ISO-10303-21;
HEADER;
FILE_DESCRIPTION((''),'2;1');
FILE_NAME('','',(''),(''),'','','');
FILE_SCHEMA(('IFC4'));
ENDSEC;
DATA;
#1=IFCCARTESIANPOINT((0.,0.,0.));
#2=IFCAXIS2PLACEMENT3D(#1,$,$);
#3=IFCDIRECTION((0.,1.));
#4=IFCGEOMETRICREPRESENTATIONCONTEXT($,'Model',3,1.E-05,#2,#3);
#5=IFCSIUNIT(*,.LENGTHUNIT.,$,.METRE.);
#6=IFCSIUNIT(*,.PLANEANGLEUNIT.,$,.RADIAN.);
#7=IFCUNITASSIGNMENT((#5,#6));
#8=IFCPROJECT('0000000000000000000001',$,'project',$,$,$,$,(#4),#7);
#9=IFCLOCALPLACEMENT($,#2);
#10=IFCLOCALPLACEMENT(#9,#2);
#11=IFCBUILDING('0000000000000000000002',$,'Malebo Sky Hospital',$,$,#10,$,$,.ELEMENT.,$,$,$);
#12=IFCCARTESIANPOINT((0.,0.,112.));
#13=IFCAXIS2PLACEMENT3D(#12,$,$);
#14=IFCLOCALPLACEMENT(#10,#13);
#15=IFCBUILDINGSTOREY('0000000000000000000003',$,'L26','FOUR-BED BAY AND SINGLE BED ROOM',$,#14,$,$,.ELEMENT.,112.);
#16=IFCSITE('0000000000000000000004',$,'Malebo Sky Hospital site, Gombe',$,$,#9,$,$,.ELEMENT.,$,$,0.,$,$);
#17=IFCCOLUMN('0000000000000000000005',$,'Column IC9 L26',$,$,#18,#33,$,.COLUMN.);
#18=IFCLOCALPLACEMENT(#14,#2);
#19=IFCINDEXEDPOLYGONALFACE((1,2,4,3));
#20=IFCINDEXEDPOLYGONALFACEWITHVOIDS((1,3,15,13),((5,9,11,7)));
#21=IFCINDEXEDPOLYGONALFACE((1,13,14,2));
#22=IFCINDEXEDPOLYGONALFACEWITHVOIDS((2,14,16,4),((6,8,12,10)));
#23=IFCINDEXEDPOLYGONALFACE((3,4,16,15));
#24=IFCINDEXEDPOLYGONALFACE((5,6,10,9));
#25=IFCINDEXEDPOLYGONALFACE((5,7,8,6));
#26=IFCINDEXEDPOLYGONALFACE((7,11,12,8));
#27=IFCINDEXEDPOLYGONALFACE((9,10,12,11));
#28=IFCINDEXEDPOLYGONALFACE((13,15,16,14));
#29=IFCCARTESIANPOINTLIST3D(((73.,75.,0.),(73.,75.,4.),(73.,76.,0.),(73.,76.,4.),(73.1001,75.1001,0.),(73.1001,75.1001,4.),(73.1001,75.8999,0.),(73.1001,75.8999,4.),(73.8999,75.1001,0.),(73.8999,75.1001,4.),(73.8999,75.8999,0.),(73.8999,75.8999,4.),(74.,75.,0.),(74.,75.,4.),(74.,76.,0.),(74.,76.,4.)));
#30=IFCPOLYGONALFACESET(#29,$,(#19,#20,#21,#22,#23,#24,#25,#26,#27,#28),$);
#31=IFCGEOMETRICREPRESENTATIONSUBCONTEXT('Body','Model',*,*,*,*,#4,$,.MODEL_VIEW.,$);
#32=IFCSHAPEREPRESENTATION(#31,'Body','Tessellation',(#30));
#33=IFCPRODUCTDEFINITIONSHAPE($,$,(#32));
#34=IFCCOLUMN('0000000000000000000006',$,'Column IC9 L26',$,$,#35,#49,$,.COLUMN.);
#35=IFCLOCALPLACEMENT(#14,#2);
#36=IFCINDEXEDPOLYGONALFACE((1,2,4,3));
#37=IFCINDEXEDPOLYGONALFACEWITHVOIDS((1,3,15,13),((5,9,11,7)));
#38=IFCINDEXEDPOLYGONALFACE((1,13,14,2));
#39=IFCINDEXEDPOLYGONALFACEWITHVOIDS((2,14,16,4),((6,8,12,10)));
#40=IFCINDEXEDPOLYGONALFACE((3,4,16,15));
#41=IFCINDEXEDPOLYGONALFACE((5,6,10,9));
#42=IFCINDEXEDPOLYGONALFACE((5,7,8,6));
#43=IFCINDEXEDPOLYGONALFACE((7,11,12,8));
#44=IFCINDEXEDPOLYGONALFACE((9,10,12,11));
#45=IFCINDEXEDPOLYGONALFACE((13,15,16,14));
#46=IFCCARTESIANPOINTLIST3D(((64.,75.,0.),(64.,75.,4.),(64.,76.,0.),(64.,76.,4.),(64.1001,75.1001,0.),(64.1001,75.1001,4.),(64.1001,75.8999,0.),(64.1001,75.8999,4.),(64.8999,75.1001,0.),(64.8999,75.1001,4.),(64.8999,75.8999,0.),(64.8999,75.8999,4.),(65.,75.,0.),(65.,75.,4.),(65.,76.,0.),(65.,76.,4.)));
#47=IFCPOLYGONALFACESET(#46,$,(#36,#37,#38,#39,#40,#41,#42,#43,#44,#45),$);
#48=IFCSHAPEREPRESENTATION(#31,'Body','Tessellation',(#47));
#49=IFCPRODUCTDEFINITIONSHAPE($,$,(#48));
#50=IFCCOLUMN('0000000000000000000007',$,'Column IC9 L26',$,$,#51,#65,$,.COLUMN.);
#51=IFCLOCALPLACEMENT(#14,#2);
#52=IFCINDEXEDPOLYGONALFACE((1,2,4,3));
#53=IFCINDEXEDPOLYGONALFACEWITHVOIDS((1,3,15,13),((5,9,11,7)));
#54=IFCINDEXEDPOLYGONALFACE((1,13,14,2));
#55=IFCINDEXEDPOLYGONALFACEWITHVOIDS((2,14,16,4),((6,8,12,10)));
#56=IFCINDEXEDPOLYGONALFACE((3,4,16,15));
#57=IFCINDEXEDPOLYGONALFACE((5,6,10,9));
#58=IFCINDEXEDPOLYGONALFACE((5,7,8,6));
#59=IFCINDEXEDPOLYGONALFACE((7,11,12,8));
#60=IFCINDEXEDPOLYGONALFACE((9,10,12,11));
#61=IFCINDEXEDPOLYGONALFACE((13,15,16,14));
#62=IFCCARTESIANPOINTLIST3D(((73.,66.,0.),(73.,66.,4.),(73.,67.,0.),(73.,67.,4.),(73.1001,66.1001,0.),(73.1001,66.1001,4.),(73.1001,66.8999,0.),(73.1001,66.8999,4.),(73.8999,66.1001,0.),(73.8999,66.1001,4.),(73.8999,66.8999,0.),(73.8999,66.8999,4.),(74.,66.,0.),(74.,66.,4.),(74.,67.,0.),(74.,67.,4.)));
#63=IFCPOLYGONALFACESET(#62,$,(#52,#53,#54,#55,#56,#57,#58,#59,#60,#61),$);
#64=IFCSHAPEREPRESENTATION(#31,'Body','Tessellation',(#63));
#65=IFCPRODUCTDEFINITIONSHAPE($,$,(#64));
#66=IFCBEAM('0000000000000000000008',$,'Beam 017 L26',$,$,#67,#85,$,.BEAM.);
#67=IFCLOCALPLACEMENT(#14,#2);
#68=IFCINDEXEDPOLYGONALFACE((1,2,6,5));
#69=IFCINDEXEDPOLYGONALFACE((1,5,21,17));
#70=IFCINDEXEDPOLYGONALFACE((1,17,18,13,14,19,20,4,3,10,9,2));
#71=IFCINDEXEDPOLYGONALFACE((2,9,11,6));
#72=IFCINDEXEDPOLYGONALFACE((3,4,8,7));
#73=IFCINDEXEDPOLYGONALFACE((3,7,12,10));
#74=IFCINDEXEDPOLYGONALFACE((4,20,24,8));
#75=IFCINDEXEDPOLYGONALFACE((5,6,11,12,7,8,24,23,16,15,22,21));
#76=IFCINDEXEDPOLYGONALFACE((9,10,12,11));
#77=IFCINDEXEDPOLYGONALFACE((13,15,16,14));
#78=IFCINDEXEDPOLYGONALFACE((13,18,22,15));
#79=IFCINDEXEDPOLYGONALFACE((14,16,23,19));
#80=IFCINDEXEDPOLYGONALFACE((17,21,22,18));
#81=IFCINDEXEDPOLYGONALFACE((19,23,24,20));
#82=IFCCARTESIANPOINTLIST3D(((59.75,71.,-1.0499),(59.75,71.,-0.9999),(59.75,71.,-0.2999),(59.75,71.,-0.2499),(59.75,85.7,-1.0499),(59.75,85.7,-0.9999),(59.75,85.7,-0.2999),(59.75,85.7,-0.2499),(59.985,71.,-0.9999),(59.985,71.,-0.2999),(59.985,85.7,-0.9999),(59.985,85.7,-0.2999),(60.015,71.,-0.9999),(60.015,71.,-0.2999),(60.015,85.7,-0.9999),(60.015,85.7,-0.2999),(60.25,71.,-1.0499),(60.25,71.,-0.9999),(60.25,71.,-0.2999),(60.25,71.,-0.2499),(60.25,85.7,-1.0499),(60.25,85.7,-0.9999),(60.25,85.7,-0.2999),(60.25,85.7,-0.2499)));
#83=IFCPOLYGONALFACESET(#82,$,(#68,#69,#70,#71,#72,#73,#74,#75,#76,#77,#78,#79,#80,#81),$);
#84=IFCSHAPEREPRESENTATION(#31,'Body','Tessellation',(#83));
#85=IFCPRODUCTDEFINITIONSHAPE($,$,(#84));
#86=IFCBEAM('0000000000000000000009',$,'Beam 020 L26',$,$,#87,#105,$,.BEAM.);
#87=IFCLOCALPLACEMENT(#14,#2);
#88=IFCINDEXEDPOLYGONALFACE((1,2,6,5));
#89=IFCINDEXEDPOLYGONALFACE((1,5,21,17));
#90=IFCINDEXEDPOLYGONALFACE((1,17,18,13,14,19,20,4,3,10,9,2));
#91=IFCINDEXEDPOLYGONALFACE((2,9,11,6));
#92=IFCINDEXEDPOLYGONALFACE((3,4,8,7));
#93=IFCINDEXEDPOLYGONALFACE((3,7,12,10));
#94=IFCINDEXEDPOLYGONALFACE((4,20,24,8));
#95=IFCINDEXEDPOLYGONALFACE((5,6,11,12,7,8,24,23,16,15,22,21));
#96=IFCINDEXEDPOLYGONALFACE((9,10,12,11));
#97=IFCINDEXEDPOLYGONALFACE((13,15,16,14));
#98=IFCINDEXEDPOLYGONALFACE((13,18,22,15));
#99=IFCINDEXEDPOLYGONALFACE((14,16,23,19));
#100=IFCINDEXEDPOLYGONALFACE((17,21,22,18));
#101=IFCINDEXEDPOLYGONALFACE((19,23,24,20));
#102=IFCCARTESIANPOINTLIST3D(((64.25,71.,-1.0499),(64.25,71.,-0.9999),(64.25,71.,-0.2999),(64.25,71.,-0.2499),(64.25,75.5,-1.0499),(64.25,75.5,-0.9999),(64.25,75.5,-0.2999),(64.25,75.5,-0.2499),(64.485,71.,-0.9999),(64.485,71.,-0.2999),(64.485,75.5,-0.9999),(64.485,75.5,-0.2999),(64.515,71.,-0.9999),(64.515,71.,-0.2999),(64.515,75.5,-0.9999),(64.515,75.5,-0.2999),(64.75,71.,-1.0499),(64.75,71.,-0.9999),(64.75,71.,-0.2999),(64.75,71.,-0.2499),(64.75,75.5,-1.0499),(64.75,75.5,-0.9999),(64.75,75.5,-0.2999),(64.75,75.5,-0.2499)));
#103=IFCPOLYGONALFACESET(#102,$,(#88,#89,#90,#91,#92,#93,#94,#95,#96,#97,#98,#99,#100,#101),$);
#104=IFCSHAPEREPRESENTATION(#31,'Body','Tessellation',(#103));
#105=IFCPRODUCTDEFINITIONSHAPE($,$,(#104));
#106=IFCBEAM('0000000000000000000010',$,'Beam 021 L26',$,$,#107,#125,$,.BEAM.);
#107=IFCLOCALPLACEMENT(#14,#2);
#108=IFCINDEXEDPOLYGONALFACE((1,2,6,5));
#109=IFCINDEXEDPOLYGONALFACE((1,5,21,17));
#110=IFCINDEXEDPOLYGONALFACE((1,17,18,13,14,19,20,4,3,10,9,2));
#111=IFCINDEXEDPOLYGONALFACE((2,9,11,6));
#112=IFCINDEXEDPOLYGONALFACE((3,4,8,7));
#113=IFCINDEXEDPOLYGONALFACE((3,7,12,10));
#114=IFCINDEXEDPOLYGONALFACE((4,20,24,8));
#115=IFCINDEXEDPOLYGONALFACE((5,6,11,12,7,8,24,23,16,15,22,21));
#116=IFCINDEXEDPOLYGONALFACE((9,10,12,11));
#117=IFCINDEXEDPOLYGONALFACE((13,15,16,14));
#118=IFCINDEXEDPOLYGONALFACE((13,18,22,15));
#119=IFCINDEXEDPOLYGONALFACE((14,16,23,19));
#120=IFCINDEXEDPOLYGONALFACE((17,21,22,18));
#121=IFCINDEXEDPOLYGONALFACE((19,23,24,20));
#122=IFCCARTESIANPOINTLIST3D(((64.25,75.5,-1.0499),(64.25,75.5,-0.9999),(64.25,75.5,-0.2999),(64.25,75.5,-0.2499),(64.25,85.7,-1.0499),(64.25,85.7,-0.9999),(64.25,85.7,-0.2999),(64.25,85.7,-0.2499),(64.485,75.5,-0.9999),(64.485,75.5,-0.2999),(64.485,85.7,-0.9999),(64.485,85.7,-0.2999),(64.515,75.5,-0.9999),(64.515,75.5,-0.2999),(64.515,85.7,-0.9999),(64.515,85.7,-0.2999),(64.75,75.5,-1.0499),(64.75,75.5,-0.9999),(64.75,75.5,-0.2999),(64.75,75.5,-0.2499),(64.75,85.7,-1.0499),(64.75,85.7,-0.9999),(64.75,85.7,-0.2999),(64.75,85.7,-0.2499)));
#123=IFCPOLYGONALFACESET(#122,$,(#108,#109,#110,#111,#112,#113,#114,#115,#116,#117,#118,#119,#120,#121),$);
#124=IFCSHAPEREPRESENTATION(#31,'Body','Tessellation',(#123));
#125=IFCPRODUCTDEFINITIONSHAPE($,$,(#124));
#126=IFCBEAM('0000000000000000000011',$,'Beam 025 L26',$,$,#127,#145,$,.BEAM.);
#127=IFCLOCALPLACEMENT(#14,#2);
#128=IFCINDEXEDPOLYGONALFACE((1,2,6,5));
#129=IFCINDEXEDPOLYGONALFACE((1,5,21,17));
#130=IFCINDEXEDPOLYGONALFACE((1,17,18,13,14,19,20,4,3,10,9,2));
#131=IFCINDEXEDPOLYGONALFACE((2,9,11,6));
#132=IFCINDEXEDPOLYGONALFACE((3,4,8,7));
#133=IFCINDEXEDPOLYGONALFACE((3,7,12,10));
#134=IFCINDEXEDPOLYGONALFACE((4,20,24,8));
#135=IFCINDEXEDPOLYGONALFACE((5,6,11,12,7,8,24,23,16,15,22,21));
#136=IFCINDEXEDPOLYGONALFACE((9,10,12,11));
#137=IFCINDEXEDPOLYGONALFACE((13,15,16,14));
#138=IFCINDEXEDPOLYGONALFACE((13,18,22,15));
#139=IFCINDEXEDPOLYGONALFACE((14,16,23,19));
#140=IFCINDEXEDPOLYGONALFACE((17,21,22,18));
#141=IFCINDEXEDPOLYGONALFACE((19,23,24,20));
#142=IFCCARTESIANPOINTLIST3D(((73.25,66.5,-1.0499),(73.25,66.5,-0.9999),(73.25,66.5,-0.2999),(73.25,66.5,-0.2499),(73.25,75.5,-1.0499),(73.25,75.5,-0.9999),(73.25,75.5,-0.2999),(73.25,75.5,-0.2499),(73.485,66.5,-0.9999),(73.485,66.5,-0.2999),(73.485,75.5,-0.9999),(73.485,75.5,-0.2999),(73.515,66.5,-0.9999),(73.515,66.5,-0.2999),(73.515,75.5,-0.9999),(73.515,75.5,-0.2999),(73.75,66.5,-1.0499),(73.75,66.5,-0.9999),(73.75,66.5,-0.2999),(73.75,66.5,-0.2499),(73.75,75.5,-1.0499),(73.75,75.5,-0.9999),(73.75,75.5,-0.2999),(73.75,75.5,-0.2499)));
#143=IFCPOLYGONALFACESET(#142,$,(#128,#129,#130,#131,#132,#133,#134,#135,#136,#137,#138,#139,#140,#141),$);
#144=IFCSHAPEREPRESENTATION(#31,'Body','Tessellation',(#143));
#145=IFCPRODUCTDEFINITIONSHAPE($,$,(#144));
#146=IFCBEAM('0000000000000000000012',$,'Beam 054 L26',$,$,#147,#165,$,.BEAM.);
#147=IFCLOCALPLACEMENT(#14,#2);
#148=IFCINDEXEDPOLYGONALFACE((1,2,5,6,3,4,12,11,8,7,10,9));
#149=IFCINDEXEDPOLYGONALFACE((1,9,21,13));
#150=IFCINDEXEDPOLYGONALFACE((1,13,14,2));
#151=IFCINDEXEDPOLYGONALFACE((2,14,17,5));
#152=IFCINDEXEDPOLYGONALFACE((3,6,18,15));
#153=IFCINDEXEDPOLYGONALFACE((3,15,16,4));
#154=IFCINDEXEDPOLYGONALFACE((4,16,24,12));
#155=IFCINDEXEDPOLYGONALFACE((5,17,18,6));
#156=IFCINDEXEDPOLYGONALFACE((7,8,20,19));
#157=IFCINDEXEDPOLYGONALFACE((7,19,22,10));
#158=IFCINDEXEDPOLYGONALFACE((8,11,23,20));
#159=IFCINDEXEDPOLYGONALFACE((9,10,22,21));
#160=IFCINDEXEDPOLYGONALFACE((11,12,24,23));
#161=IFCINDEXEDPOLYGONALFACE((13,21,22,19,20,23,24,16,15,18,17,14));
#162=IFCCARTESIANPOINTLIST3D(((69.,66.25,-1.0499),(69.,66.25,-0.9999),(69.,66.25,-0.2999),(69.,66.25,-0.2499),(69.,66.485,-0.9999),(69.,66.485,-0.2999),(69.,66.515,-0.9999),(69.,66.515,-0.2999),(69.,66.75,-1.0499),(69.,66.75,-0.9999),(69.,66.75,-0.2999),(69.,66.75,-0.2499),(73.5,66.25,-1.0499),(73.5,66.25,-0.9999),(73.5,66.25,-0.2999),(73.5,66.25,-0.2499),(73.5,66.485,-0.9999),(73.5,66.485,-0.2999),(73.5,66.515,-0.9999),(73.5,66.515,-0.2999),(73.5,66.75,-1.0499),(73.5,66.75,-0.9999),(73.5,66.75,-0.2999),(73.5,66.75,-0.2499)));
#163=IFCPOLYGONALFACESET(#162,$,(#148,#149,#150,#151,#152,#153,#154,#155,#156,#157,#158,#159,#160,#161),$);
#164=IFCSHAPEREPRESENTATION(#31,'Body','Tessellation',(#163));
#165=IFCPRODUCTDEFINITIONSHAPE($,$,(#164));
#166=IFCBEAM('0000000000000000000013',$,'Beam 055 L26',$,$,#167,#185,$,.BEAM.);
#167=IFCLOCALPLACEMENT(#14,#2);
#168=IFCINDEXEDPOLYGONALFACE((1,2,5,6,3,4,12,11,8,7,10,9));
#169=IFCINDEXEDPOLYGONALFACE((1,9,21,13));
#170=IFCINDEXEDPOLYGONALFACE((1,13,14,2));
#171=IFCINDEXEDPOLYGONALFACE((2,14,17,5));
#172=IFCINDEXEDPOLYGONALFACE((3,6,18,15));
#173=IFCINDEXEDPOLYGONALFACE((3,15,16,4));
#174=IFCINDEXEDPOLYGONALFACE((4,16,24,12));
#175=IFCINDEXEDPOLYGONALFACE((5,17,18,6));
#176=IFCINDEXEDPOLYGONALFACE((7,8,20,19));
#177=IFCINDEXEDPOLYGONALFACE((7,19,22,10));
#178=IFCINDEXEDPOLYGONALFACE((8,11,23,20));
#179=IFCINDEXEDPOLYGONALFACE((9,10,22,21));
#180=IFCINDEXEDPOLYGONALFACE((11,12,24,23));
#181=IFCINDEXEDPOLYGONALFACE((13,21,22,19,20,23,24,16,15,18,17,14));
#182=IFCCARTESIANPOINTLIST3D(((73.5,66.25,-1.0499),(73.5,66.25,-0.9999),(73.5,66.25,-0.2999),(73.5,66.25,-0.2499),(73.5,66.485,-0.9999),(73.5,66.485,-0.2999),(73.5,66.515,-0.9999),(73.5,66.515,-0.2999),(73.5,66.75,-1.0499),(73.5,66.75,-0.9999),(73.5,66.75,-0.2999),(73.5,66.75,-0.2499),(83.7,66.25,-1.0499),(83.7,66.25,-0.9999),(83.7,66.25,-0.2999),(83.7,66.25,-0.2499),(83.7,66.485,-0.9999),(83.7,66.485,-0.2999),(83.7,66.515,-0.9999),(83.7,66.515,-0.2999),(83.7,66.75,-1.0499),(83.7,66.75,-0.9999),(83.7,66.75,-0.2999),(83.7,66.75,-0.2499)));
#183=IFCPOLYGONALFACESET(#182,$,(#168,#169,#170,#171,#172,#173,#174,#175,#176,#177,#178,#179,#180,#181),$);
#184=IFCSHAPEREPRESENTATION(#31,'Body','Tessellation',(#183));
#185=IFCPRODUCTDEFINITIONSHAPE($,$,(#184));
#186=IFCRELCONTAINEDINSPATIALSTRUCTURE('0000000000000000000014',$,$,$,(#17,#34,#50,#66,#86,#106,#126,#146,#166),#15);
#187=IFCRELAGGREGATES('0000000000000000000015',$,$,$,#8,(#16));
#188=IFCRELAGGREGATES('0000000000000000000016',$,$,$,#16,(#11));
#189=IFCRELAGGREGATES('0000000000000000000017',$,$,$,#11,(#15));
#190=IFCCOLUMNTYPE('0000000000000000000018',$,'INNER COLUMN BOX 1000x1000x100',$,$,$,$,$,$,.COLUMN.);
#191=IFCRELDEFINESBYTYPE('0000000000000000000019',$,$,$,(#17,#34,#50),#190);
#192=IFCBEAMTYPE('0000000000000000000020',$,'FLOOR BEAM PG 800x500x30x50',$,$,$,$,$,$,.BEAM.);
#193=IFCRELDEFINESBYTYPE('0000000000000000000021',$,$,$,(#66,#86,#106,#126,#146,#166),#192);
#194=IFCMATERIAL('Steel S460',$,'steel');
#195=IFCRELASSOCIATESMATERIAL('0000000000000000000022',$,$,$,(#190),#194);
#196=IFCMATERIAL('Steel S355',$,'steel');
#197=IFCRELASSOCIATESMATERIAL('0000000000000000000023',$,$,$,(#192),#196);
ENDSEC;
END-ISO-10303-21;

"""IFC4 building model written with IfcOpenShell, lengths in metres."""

from ifc_helpers import new_model, si_unit, direction, frame, origin, origin_2d, place, context, subcontext, project, spatial, hollow_rectangle, i_section, extrude, material, material_profile, profile_set, type_object, element, save


model = new_model("IFC4")

# Units and contexts
model_context = context("Model", 3, precision=1e-05, world=origin(), true_north=direction((0.0, 1.0)))
body_context = subcontext(model_context, "Body", "Model", "MODEL_VIEW")
ifc_project = project(units=[si_unit("LENGTHUNIT", "METRE"), si_unit("PLANEANGLEUNIT", "RADIAN")], contexts=[model_context])

# Site, building, storey
site_placement = place(None, origin())
site = spatial("IfcSite", under=ifc_project, at=site_placement, Name="Malebo Sky Hospital site, Gombe", CompositionType="ELEMENT", RefElevation=0.0)
building_placement = place(site_placement, origin())
building = spatial("IfcBuilding", under=site, at=building_placement, Name="Malebo Sky Hospital", CompositionType="ELEMENT")
storey_placement = place(building_placement, frame((0.0, 0.0, 112.0)))
storey = spatial("IfcBuildingStorey", under=building, at=storey_placement, Name="L26", Description="FOUR-BED BAY AND SINGLE BED ROOM", CompositionType="ELEMENT", Elevation=112.0)

# Columns
ifc_material_1 = material(Name="Steel S460", Category="steel")
ifc_material_profile_1 = material_profile(ifc_material_1, hollow_rectangle(XDim=1.0, YDim=1.0, WallThickness=0.1001, at=origin_2d()), Name="BOX 1000x1000x100")
ifc_profile_set_1 = profile_set([ifc_material_profile_1], Name="Steel S460")
column_type = type_object("IfcColumnType", Name="INNER COLUMN BOX 1000x1000x100", PredefinedType="COLUMN", material=ifc_profile_set_1)
for number, where, z_axis, x_axis, name in (
    (1, (73.5, 75.5, 0.0), (0.0, 0.0, 1.0), (1.0, 0.0, 0.0), "Column IC9 L26"),
    (2, (64.5, 75.5, 0.0), (0.0, 0.0, 1.0), (1.0, 0.0, 0.0), "Column IC9 L26"),
    (3, (73.5, 66.5, 0.0), (0.0, 0.0, 1.0), (1.0, 0.0, 0.0), "Column IC9 L26"),
):
    element("IfcColumn", number, at=place(storey_placement, frame(where, z_axis=z_axis, x_axis=x_axis)), inside=storey, type_object=column_type, Name=name, PredefinedType="COLUMN", context=body_context, shape_type="SweptSolid", body=[
        extrude(hollow_rectangle(XDim=1.0, YDim=1.0, WallThickness=0.1001, at=origin_2d()), origin(), (0.0, 0.0, 1.0), 4.0),
    ])

# Beams
ifc_material_2 = material(Name="Steel S355", Category="steel")
ifc_material_profile_2 = material_profile(ifc_material_2, i_section(OverallWidth=0.5, OverallDepth=0.8, WebThickness=0.03, FlangeThickness=0.05, at=origin_2d()), Name="PG 800x500x30x50")
ifc_profile_set_2 = profile_set([ifc_material_profile_2], Name="Steel S355")
beam_type_1 = type_object("IfcBeamType", Name="FLOOR BEAM PG 800x500x30x50", PredefinedType="BEAM", material=ifc_profile_set_2)
beam_1_placement = place(storey_placement, frame((60.0, 71.0, -0.6499), z_axis=(0.0, 1.0, 0.0), x_axis=(-1.0, 0.0, 0.0)))
element("IfcBeam", 4, at=beam_1_placement, inside=storey, type_object=beam_type_1, Name="Beam 017 L26", PredefinedType="BEAM", context=body_context, shape_type="SweptSolid", body=[
    extrude(i_section(OverallWidth=0.5, OverallDepth=0.8, WebThickness=0.03, FlangeThickness=0.05, at=origin_2d()), origin(), (0.0, 0.0, 1.0), 14.7),
])
beam_2_placement = place(storey_placement, frame((64.5, 71.0, -0.6499), z_axis=(0.0, 1.0, 0.0), x_axis=(-1.0, 0.0, 0.0)))
element("IfcBeam", 5, at=beam_2_placement, inside=storey, type_object=beam_type_1, Name="Beam 020 L26", PredefinedType="BEAM", context=body_context, shape_type="SweptSolid", body=[
    extrude(i_section(OverallWidth=0.5, OverallDepth=0.8, WebThickness=0.03, FlangeThickness=0.05, at=origin_2d()), origin(), (0.0, 0.0, 1.0), 4.5),
])
beam_3_placement = place(storey_placement, frame((64.5, 75.5, -0.6499), z_axis=(0.0, 1.0, 0.0), x_axis=(-1.0, 0.0, 0.0)))
element("IfcBeam", 6, at=beam_3_placement, inside=storey, type_object=beam_type_1, Name="Beam 021 L26", PredefinedType="BEAM", context=body_context, shape_type="SweptSolid", body=[
    extrude(i_section(OverallWidth=0.5, OverallDepth=0.8, WebThickness=0.03, FlangeThickness=0.05, at=origin_2d()), origin(), (0.0, 0.0, 1.0), 10.2),
])
beam_4_placement = place(storey_placement, frame((73.5, 66.5, -0.6499), z_axis=(0.0, 1.0, 0.0), x_axis=(-1.0, 0.0, 0.0)))
element("IfcBeam", 7, at=beam_4_placement, inside=storey, type_object=beam_type_1, Name="Beam 025 L26", PredefinedType="BEAM", context=body_context, shape_type="SweptSolid", body=[
    extrude(i_section(OverallWidth=0.5, OverallDepth=0.8, WebThickness=0.03, FlangeThickness=0.05, at=origin_2d()), origin(), (0.0, 0.0, 1.0), 9.0),
])
beam_5_placement = place(storey_placement, frame((69.0, 66.5, -0.6499), z_axis=(1.0, 0.0, 0.0), x_axis=(0.0, 1.0, 0.0)))
element("IfcBeam", 8, at=beam_5_placement, inside=storey, type_object=beam_type_1, Name="Beam 054 L26", PredefinedType="BEAM", context=body_context, shape_type="SweptSolid", body=[
    extrude(i_section(OverallWidth=0.5, OverallDepth=0.8, WebThickness=0.03, FlangeThickness=0.05, at=origin_2d()), origin(), (0.0, 0.0, 1.0), 4.5),
])
beam_6_placement = place(storey_placement, frame((73.5, 66.5, -0.6499), z_axis=(1.0, 0.0, 0.0), x_axis=(0.0, 1.0, 0.0)))
element("IfcBeam", 9, at=beam_6_placement, inside=storey, type_object=beam_type_1, Name="Beam 055 L26", PredefinedType="BEAM", context=body_context, shape_type="SweptSolid", body=[
    extrude(i_section(OverallWidth=0.5, OverallDepth=0.8, WebThickness=0.03, FlangeThickness=0.05, at=origin_2d()), origin(), (0.0, 0.0, 1.0), 10.2),
])

save(model, "model.ifc")
